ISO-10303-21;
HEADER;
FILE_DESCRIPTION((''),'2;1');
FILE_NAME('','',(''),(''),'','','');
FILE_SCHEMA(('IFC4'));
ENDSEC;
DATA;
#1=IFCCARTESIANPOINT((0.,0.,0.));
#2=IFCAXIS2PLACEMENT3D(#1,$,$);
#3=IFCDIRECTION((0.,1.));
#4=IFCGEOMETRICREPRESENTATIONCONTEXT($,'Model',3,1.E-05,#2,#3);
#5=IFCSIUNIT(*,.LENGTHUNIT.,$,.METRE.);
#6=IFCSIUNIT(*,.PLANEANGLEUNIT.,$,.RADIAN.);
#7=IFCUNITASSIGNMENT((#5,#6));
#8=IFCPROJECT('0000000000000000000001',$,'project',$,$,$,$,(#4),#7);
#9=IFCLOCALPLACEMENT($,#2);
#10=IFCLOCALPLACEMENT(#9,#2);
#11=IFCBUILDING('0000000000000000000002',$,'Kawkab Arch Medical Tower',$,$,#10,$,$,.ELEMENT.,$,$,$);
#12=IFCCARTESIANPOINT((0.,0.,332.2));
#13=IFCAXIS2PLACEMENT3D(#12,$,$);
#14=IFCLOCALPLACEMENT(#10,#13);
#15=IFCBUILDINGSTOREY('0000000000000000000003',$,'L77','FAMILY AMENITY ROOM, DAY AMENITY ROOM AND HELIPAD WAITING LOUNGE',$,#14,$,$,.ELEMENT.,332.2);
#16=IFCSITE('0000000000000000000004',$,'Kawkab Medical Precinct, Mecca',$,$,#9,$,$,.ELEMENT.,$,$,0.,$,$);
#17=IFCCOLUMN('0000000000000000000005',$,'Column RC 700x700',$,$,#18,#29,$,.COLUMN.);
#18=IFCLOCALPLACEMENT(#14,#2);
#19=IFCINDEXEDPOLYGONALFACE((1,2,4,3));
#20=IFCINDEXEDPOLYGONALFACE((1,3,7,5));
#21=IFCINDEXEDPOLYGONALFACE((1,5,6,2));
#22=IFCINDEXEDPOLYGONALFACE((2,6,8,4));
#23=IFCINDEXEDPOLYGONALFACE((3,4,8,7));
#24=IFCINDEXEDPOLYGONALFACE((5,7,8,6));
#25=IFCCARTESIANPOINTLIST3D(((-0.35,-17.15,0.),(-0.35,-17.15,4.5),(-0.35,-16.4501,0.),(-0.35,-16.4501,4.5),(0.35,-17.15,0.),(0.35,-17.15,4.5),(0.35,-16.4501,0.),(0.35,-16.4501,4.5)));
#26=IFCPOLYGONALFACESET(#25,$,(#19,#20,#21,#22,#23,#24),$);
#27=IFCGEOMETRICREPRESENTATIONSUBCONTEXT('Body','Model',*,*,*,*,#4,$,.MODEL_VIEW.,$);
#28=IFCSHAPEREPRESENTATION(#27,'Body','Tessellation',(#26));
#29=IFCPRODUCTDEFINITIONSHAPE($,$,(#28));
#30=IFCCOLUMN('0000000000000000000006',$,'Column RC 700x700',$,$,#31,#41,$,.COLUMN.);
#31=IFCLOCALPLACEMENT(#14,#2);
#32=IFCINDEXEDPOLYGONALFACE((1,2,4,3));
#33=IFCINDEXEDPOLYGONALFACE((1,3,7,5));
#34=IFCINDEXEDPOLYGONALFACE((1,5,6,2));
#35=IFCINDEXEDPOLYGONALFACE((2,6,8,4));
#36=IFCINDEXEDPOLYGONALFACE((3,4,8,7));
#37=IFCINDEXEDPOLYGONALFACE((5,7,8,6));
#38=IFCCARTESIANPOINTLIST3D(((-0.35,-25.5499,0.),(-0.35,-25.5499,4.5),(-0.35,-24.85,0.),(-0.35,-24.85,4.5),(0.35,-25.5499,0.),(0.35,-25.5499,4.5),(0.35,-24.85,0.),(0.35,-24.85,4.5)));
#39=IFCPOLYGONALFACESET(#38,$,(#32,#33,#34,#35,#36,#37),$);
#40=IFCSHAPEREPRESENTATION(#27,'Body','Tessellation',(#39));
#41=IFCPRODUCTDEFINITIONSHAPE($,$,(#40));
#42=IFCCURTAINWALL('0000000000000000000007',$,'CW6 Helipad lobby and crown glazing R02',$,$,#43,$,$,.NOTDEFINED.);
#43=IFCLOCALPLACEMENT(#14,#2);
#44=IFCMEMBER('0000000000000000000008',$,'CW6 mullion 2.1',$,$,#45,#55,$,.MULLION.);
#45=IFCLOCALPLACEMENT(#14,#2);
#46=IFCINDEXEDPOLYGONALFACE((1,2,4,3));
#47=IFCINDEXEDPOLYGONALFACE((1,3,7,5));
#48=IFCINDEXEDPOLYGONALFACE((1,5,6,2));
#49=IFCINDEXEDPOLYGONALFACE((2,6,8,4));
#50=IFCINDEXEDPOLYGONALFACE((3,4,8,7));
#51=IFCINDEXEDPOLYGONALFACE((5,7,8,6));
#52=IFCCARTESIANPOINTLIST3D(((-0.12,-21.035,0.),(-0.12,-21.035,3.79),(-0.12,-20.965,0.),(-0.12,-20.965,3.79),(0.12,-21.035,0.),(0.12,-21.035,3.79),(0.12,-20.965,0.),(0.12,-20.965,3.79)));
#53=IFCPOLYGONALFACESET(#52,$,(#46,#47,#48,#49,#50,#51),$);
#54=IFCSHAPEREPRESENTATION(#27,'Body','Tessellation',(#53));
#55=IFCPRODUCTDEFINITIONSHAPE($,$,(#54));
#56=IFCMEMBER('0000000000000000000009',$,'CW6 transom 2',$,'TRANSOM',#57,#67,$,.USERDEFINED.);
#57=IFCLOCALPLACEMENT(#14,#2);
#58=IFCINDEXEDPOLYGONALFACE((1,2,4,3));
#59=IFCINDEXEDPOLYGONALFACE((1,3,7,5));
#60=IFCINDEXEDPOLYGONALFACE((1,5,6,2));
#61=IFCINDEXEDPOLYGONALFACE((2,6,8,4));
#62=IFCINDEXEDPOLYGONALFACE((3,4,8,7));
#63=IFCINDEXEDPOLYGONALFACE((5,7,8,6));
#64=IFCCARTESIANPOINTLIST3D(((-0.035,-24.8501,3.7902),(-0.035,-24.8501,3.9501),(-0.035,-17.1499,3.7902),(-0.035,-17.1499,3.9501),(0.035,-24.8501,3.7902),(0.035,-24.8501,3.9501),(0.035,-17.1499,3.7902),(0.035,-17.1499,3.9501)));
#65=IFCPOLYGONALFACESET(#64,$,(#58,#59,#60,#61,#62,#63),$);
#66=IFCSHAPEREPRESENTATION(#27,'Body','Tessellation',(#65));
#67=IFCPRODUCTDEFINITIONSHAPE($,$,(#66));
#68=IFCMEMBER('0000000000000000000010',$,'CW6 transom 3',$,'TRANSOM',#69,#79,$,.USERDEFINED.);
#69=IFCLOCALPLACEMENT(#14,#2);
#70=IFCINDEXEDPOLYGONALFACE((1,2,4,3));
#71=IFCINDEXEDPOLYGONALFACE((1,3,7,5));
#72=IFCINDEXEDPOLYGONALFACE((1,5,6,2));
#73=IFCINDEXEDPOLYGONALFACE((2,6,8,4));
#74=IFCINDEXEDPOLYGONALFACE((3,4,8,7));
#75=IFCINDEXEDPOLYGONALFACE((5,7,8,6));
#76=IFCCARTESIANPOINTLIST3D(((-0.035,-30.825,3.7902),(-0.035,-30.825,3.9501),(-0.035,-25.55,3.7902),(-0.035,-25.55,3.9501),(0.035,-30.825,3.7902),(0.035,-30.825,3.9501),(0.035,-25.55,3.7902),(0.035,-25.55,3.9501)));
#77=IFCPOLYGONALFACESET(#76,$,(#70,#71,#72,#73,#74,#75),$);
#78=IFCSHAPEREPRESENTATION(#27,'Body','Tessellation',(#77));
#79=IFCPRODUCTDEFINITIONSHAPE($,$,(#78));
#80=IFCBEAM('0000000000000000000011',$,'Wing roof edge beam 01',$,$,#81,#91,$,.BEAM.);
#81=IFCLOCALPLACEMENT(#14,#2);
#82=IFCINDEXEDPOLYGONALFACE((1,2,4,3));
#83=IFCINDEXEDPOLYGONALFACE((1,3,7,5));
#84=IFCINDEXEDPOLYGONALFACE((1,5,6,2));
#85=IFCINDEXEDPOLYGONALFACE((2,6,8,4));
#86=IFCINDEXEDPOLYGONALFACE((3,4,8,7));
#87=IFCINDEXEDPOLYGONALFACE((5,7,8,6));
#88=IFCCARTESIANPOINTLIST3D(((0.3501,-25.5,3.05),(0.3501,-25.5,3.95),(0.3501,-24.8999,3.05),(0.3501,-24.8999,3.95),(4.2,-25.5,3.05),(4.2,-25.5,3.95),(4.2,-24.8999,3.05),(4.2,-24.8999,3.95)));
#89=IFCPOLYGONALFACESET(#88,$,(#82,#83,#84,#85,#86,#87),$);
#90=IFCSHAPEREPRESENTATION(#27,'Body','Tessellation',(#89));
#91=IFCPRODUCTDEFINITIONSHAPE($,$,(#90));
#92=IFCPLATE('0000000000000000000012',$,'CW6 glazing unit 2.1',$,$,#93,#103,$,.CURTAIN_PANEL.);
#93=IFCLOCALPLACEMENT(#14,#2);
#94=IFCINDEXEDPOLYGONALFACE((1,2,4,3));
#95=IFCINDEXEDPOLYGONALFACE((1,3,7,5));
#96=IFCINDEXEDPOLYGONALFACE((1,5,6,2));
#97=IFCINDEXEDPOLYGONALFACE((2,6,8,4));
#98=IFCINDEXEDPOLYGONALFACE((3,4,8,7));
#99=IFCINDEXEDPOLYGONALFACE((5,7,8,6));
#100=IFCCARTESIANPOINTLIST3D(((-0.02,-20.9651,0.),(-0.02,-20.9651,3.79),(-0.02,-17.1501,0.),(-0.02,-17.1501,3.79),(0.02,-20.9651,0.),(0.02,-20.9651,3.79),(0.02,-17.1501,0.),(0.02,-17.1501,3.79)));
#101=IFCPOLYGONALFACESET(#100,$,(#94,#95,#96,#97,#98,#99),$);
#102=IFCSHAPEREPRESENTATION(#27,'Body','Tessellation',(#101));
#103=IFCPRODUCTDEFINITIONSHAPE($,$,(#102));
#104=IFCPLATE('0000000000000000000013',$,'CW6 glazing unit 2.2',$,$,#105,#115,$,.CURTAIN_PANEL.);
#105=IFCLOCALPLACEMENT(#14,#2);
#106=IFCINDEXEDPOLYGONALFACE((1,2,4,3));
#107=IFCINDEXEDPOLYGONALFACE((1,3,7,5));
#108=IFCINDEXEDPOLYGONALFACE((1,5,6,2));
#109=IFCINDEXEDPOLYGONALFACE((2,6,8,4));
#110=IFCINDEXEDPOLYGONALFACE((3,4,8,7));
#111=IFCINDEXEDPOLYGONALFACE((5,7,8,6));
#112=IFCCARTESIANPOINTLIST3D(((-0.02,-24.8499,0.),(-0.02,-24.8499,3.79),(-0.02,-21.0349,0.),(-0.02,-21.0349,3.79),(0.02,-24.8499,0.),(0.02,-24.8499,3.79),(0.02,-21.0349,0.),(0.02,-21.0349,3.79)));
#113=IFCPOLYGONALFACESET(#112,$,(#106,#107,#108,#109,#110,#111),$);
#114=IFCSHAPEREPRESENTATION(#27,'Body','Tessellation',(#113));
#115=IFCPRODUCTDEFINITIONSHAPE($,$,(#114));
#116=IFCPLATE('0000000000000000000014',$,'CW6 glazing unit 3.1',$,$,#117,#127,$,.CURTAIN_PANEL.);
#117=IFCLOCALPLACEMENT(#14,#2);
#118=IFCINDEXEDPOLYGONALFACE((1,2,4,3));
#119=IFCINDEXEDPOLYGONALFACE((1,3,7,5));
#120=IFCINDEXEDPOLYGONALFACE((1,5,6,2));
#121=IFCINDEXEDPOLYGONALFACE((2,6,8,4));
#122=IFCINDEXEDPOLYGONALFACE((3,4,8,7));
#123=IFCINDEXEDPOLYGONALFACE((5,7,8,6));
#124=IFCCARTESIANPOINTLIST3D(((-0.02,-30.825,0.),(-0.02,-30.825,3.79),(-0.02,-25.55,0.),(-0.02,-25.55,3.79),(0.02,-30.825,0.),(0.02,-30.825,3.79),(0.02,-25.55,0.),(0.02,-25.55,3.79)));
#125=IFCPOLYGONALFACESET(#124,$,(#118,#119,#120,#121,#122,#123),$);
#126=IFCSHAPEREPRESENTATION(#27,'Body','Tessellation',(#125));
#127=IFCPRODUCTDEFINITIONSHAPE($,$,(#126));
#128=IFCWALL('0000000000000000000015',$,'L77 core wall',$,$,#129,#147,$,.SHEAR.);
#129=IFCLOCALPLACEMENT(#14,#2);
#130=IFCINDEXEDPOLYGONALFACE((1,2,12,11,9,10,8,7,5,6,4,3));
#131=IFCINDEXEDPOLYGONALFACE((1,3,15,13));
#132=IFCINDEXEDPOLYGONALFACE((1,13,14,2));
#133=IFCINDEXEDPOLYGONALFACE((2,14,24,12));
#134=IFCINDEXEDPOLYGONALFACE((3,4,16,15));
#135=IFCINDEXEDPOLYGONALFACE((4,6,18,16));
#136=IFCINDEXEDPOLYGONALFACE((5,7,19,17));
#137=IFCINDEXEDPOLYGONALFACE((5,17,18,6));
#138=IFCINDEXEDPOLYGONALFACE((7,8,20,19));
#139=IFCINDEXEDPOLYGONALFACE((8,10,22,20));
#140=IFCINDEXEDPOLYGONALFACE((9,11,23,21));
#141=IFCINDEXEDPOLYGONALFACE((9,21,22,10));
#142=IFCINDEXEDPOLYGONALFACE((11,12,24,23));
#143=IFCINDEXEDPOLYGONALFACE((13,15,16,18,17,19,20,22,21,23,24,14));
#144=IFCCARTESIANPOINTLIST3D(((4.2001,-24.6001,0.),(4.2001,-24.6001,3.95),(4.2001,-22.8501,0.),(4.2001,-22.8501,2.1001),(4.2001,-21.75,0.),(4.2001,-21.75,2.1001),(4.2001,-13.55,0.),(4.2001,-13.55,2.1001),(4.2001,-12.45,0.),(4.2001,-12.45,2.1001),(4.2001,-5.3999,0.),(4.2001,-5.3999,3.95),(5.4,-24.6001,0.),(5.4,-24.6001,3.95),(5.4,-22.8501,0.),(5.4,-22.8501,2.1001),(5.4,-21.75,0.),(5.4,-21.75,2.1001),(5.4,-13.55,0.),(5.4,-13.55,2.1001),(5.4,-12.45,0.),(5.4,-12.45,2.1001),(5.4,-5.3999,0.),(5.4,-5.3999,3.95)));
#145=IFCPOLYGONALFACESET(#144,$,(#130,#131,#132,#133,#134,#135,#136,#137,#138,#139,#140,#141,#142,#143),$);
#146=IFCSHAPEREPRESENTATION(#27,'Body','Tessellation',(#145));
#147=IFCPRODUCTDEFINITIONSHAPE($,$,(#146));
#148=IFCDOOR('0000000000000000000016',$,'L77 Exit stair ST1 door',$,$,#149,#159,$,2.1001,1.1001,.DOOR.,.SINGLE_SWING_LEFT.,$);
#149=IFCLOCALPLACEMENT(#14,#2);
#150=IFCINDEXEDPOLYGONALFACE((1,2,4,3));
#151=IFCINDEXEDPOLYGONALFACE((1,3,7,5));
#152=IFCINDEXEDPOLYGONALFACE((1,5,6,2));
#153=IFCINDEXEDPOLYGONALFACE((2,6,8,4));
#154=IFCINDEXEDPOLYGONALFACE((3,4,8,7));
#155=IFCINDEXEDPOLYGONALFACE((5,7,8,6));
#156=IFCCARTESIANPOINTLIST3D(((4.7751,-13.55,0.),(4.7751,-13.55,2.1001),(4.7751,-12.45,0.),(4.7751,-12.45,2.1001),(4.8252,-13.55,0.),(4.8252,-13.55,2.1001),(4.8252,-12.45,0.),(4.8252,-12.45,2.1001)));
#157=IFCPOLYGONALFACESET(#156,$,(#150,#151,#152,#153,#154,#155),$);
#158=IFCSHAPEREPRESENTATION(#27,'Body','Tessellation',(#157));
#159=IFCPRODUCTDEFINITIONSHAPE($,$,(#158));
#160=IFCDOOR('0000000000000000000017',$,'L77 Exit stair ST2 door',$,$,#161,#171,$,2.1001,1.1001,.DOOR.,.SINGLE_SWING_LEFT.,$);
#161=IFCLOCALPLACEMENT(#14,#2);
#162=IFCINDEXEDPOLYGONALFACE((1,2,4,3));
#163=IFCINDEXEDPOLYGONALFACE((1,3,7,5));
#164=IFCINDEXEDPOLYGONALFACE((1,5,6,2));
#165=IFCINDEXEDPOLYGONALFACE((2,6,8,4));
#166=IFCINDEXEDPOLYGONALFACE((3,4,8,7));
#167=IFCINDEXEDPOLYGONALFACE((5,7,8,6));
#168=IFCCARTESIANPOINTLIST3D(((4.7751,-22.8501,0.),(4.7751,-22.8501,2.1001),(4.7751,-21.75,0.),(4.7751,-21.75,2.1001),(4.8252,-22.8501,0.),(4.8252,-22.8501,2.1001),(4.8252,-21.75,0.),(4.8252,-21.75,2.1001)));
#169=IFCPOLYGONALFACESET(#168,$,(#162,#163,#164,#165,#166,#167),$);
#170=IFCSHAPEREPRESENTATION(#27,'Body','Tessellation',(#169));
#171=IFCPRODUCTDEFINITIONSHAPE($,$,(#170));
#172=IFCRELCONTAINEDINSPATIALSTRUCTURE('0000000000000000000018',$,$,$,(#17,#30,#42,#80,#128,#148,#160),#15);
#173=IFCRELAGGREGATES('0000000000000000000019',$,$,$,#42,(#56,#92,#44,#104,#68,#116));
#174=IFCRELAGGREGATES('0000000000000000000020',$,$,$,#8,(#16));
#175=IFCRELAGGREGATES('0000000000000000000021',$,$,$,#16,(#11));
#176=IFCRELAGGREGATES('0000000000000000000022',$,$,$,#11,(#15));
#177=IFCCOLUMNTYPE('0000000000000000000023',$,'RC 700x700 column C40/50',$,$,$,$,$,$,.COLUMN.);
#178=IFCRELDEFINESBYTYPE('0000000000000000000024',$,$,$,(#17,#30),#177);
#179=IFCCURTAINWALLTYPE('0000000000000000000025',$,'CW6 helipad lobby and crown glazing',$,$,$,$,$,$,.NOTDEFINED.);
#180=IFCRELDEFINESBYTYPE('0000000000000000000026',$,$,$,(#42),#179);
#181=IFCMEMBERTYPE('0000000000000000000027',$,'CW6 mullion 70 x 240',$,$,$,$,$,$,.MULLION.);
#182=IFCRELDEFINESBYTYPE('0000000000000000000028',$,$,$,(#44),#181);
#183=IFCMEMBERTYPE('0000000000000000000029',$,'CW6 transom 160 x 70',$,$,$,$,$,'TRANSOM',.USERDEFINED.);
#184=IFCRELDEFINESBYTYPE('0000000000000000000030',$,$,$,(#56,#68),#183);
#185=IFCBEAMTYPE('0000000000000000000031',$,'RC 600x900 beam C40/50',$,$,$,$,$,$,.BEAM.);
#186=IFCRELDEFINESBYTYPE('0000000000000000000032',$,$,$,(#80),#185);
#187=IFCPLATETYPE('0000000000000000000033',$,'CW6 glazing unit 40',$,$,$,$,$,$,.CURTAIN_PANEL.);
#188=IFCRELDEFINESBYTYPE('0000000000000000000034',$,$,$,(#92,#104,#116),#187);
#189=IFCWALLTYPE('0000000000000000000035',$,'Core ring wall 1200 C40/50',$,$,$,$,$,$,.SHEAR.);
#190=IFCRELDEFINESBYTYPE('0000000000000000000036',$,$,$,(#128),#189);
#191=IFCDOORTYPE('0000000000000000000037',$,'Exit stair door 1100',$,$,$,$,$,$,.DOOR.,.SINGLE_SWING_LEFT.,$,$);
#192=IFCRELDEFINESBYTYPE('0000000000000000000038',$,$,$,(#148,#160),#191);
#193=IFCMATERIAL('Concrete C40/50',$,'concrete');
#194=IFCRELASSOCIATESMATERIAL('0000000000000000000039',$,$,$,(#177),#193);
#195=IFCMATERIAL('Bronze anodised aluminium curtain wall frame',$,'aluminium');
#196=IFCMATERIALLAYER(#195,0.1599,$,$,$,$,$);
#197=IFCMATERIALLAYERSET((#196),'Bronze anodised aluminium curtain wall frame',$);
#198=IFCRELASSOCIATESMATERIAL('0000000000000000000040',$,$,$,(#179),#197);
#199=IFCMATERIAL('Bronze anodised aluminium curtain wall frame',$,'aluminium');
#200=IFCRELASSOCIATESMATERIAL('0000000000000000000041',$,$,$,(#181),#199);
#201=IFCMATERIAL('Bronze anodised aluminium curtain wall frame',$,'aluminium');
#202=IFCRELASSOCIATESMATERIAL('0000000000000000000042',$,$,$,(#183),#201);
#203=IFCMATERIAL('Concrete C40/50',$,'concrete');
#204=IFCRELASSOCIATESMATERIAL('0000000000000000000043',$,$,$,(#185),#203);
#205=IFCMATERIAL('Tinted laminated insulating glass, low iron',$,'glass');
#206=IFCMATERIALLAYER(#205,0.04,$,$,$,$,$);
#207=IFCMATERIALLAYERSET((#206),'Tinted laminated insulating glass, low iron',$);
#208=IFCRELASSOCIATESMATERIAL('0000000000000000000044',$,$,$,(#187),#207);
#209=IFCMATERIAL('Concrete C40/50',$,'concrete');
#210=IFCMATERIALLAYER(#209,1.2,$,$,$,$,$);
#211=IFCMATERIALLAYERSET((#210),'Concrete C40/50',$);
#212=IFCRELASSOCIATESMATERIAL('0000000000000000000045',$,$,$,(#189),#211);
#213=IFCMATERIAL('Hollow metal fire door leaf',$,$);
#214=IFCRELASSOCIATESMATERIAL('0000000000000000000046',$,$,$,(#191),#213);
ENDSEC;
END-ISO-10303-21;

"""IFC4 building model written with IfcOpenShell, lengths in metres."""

from ifc_helpers import new_model, si_unit, direction, frame, frame_2d, origin, origin_2d, place, context, subcontext, project, spatial, rectangle, extrude, material, layer, layer_set, material_profile, profile_set, type_object, element, fill, aggregate, save


model = new_model("IFC4")

# Units and contexts
model_context = context("Model", 3, precision=1e-05, world=origin(), true_north=direction((0.0, 1.0)))
body_context = subcontext(model_context, "Body", "Model", "MODEL_VIEW")
ifc_project = project(units=[si_unit("LENGTHUNIT", "METRE"), si_unit("PLANEANGLEUNIT", "RADIAN")], contexts=[model_context])

# Site, building, storey
site_placement = place(None, origin())
site = spatial("IfcSite", under=ifc_project, at=site_placement, Name="Kawkab Medical Precinct, Mecca", CompositionType="ELEMENT", RefElevation=0.0)
building_placement = place(site_placement, origin())
building = spatial("IfcBuilding", under=site, at=building_placement, Name="Kawkab Arch Medical Tower", CompositionType="ELEMENT")
storey_placement = place(building_placement, frame((0.0, 0.0, 332.2)))
storey = spatial("IfcBuildingStorey", under=building, at=storey_placement, Name="L77", Description="FAMILY AMENITY ROOM, DAY AMENITY ROOM AND HELIPAD WAITING LOUNGE", CompositionType="ELEMENT", Elevation=332.2)

# Columns
ifc_material_1 = material(Name="Concrete C40/50", Category="concrete")
ifc_material_profile_1 = material_profile(ifc_material_1, rectangle(XDim=0.7, YDim=0.7, at=origin_2d()), Name="RC 700x700")
ifc_profile_set_1 = profile_set([ifc_material_profile_1], Name="Concrete C40/50")
column_type = type_object("IfcColumnType", Name="RC 700x700 column C40/50", PredefinedType="COLUMN", material=ifc_profile_set_1)
for number, where, z_axis, x_axis, name in (
    (1, (0.0, -16.8, 0.0), (0.0, 0.0, 1.0), (1.0, 0.0, 0.0), "Column RC 700x700"),
    (2, (0.0, -25.2, 0.0), (0.0, 0.0, 1.0), (1.0, 0.0, 0.0), "Column RC 700x700"),
):
    element("IfcColumn", number, at=place(storey_placement, frame(where, z_axis=z_axis, x_axis=x_axis)), inside=storey, type_object=column_type, Name=name, PredefinedType="COLUMN", context=body_context, shape_type="SweptSolid", body=[
        extrude(rectangle(XDim=0.7, YDim=0.7, at=origin_2d()), origin(), (0.0, 0.0, 1.0), 4.5),
    ])

# Curtain wall, members
ifc_material_2 = material(Name="Bronze anodised aluminium curtain wall frame", Category="aluminium")
ifc_layer_1 = layer(ifc_material_2, 0.1599)
ifc_layer_set_1 = layer_set([ifc_layer_1], Name="Bronze anodised aluminium curtain wall frame")
curtain_wall_type = type_object("IfcCurtainWallType", Name="CW6 helipad lobby and crown glazing", PredefinedType="NOTDEFINED", material=ifc_layer_set_1)
curtain_wall_placement = place(storey_placement, origin())
curtain_wall = element("IfcCurtainWall", 3, at=curtain_wall_placement, inside=storey, type_object=curtain_wall_type, Name="CW6 Helipad lobby and crown glazing R02", PredefinedType="NOTDEFINED")
ifc_material_3 = material(Name="Bronze anodised aluminium curtain wall frame", Category="aluminium")
ifc_material_profile_2 = material_profile(ifc_material_3, rectangle(XDim=0.24, YDim=0.0701, at=origin_2d()), Name="AL 70x240")
ifc_profile_set_2 = profile_set([ifc_material_profile_2], Name="Bronze anodised aluminium curtain wall frame")
member_type_1 = type_object("IfcMemberType", Name="CW6 mullion 70 x 240", PredefinedType="MULLION", material=ifc_profile_set_2)
member_1_placement = place(storey_placement, frame((0.0, -21.0, 0.0), z_axis=(0.0, 0.0, 1.0), x_axis=(1.0, 0.0, 0.0)))
member_1 = element("IfcMember", 4, at=member_1_placement, type_object=member_type_1, Name="CW6 mullion 2.1", PredefinedType="MULLION", context=body_context, shape_type="SweptSolid", body=[
    extrude(rectangle(XDim=0.24, YDim=0.0701, at=origin_2d()), origin(), (0.0, 0.0, 1.0), 3.79),
])
ifc_material_4 = material(Name="Bronze anodised aluminium curtain wall frame", Category="aluminium")
ifc_material_profile_3 = material_profile(ifc_material_4, rectangle(XDim=0.0701, YDim=0.1599, at=origin_2d()), Name="AL 70x160")
ifc_profile_set_3 = profile_set([ifc_material_profile_3], Name="Bronze anodised aluminium curtain wall frame")
member_type_2 = type_object("IfcMemberType", Name="CW6 transom 160 x 70", ElementType="TRANSOM", PredefinedType="USERDEFINED", material=ifc_profile_set_3)
member_2_placement = place(storey_placement, frame((0.0, -17.1499, 3.8701), z_axis=(0.0, -1.0, 0.0), x_axis=(1.0, 0.0, 0.0)))
member_2 = element("IfcMember", 5, at=member_2_placement, type_object=member_type_2, Name="CW6 transom 2", ObjectType="TRANSOM", PredefinedType="USERDEFINED", context=body_context, shape_type="SweptSolid", body=[
    extrude(rectangle(XDim=0.0701, YDim=0.1599, at=origin_2d()), origin(), (0.0, 0.0, 1.0), 7.7002),
])
member_3_placement = place(storey_placement, frame((0.0, -25.55, 3.8701), z_axis=(0.0, -1.0, 0.0), x_axis=(1.0, 0.0, 0.0)))
member_3 = element("IfcMember", 6, at=member_3_placement, type_object=member_type_2, Name="CW6 transom 3", ObjectType="TRANSOM", PredefinedType="USERDEFINED", context=body_context, shape_type="SweptSolid", body=[
    extrude(rectangle(XDim=0.0701, YDim=0.1599, at=origin_2d()), origin(), (0.0, 0.0, 1.0), 5.2749),
])

# Beam
ifc_material_5 = material(Name="Concrete C40/50", Category="concrete")
ifc_material_profile_4 = material_profile(ifc_material_5, rectangle(XDim=0.6001, YDim=0.8999, at=origin_2d()), Name="RC 600x900")
ifc_profile_set_4 = profile_set([ifc_material_profile_4], Name="Concrete C40/50")
beam_type = type_object("IfcBeamType", Name="RC 600x900 beam C40/50", PredefinedType="BEAM", material=ifc_profile_set_4)
beam_placement = place(storey_placement, frame((0.3501, -25.2, 3.5), z_axis=(1.0, 0.0, 0.0), x_axis=(0.0, 1.0, 0.0)))
element("IfcBeam", 7, at=beam_placement, inside=storey, type_object=beam_type, Name="Wing roof edge beam 01", PredefinedType="BEAM", context=body_context, shape_type="SweptSolid", body=[
    extrude(rectangle(XDim=0.6001, YDim=0.8999, at=origin_2d()), origin(), (0.0, 0.0, 1.0), 3.8499),
])

# Plates
ifc_material_6 = material(Name="Tinted laminated insulating glass, low iron", Category="glass")
ifc_layer_2 = layer(ifc_material_6, 0.04)
ifc_layer_set_2 = layer_set([ifc_layer_2], Name="Tinted laminated insulating glass, low iron")
plate_type = type_object("IfcPlateType", Name="CW6 glazing unit 40", PredefinedType="CURTAIN_PANEL", material=ifc_layer_set_2)
plate_1_placement = place(storey_placement, frame((0.0, -19.0576, 0.0), z_axis=(0.0, 0.0, 1.0), x_axis=(0.0, -1.0, 0.0)))
plate_1 = element("IfcPlate", 8, at=plate_1_placement, type_object=plate_type, Name="CW6 glazing unit 2.1", PredefinedType="CURTAIN_PANEL", context=body_context, shape_type="SweptSolid", body=[
    extrude(rectangle(XDim=3.8149, YDim=0.04, at=origin_2d()), origin(), (0.0, 0.0, 1.0), 3.79),
])
plate_2_placement = place(storey_placement, frame((0.0, -22.9424, 0.0), z_axis=(0.0, 0.0, 1.0), x_axis=(0.0, -1.0, 0.0)))
plate_2 = element("IfcPlate", 9, at=plate_2_placement, type_object=plate_type, Name="CW6 glazing unit 2.2", PredefinedType="CURTAIN_PANEL", context=body_context, shape_type="SweptSolid", body=[
    extrude(rectangle(XDim=3.8149, YDim=0.04, at=origin_2d()), origin(), (0.0, 0.0, 1.0), 3.79),
])
plate_3_placement = place(storey_placement, frame((0.0, -28.1875, 0.0), z_axis=(0.0, 0.0, 1.0), x_axis=(0.0, -1.0, 0.0)))
plate_3 = element("IfcPlate", 10, at=plate_3_placement, type_object=plate_type, Name="CW6 glazing unit 3.1", PredefinedType="CURTAIN_PANEL", context=body_context, shape_type="SweptSolid", body=[
    extrude(rectangle(XDim=5.2749, YDim=0.04, at=origin_2d()), origin(), (0.0, 0.0, 1.0), 3.79),
])
aggregate(curtain_wall, [member_2, plate_1, member_1, plate_2, member_3, plate_3])

# Wall, openings, doors
ifc_material_7 = material(Name="Concrete C40/50", Category="concrete")
ifc_layer_3 = layer(ifc_material_7, 1.2)
ifc_layer_set_3 = layer_set([ifc_layer_3], Name="Concrete C40/50")
wall_type_1 = type_object("IfcWallType", Name="Core ring wall 1200 C40/50", PredefinedType="SHEAR", material=ifc_layer_set_3)
wall_1_placement = place(storey_placement, frame((4.8, -24.6001, 0.0), z_axis=(0.0, 0.0, 1.0), x_axis=(0.0, 1.0, 0.0)))
wall_1 = element("IfcWall", 11, at=wall_1_placement, inside=storey, type_object=wall_type_1, Name="L77 core wall", PredefinedType="SHEAR", context=body_context, shape_type="SweptSolid", body=[
    extrude(rectangle(XDim=19.2002, YDim=1.2, at=frame_2d((9.6001, 0.0))), origin(), (0.0, 0.0, 1.0), 3.95),
])
opening_1_placement = place(wall_1_placement, frame((11.05, 0.0, 0.0)))
opening_1 = element("IfcOpeningElement", 12, at=opening_1_placement, cuts=wall_1, PredefinedType="OPENING", context=body_context, shape_type="SweptSolid", body=[
    extrude(rectangle(XDim=1.1001, YDim=2.1001, at=frame_2d((0.55, 1.05))), frame((0.0, 0.6099, 0.0), z_axis=(0.0, -1.0, 0.0), x_axis=(1.0, 0.0, 0.0)), (0.0, 0.0, 1.0), 1.22),
])
opening_2_placement = place(wall_1_placement, frame((1.75, 0.0, 0.0)))
opening_2 = element("IfcOpeningElement", 13, at=opening_2_placement, cuts=wall_1, PredefinedType="OPENING", context=body_context, shape_type="SweptSolid", body=[
    extrude(rectangle(XDim=1.1001, YDim=2.1001, at=frame_2d((0.55, 1.05))), frame((0.0, 0.6099, 0.0), z_axis=(0.0, -1.0, 0.0), x_axis=(1.0, 0.0, 0.0)), (0.0, 0.0, 1.0), 1.22),
])
ifc_material_8 = material(Name="Hollow metal fire door leaf")
door_type_1 = type_object("IfcDoorType", Name="Exit stair door 1100", OperationType="SINGLE_SWING_LEFT", PredefinedType="DOOR", material=ifc_material_8)
door_1_placement = place(opening_1_placement, origin())
door_1 = element("IfcDoor", 14, at=door_1_placement, inside=storey, type_object=door_type_1, Name="L77 Exit stair ST1 door", OperationType="SINGLE_SWING_LEFT", OverallHeight=2.1001, OverallWidth=1.1001, PredefinedType="DOOR", context=body_context, shape_type="SweptSolid", body=[
    extrude(rectangle(XDim=1.1001, YDim=2.1001, at=frame_2d((0.55, 1.05))), frame((0.0, 0.0249, 0.0), z_axis=(0.0, -1.0, 0.0), x_axis=(1.0, 0.0, 0.0)), (0.0, 0.0, 1.0), 0.05),
])
fill(opening_1, door_1)
door_2_placement = place(opening_2_placement, origin())
door_2 = element("IfcDoor", 15, at=door_2_placement, inside=storey, type_object=door_type_1, Name="L77 Exit stair ST2 door", OperationType="SINGLE_SWING_LEFT", OverallHeight=2.1001, OverallWidth=1.1001, PredefinedType="DOOR", context=body_context, shape_type="SweptSolid", body=[
    extrude(rectangle(XDim=1.1001, YDim=2.1001, at=frame_2d((0.55, 1.05))), frame((0.0, 0.0249, 0.0), z_axis=(0.0, -1.0, 0.0), x_axis=(1.0, 0.0, 0.0)), (0.0, 0.0, 1.0), 0.05),
])
fill(opening_2, door_2)

save(model, "model.ifc")
